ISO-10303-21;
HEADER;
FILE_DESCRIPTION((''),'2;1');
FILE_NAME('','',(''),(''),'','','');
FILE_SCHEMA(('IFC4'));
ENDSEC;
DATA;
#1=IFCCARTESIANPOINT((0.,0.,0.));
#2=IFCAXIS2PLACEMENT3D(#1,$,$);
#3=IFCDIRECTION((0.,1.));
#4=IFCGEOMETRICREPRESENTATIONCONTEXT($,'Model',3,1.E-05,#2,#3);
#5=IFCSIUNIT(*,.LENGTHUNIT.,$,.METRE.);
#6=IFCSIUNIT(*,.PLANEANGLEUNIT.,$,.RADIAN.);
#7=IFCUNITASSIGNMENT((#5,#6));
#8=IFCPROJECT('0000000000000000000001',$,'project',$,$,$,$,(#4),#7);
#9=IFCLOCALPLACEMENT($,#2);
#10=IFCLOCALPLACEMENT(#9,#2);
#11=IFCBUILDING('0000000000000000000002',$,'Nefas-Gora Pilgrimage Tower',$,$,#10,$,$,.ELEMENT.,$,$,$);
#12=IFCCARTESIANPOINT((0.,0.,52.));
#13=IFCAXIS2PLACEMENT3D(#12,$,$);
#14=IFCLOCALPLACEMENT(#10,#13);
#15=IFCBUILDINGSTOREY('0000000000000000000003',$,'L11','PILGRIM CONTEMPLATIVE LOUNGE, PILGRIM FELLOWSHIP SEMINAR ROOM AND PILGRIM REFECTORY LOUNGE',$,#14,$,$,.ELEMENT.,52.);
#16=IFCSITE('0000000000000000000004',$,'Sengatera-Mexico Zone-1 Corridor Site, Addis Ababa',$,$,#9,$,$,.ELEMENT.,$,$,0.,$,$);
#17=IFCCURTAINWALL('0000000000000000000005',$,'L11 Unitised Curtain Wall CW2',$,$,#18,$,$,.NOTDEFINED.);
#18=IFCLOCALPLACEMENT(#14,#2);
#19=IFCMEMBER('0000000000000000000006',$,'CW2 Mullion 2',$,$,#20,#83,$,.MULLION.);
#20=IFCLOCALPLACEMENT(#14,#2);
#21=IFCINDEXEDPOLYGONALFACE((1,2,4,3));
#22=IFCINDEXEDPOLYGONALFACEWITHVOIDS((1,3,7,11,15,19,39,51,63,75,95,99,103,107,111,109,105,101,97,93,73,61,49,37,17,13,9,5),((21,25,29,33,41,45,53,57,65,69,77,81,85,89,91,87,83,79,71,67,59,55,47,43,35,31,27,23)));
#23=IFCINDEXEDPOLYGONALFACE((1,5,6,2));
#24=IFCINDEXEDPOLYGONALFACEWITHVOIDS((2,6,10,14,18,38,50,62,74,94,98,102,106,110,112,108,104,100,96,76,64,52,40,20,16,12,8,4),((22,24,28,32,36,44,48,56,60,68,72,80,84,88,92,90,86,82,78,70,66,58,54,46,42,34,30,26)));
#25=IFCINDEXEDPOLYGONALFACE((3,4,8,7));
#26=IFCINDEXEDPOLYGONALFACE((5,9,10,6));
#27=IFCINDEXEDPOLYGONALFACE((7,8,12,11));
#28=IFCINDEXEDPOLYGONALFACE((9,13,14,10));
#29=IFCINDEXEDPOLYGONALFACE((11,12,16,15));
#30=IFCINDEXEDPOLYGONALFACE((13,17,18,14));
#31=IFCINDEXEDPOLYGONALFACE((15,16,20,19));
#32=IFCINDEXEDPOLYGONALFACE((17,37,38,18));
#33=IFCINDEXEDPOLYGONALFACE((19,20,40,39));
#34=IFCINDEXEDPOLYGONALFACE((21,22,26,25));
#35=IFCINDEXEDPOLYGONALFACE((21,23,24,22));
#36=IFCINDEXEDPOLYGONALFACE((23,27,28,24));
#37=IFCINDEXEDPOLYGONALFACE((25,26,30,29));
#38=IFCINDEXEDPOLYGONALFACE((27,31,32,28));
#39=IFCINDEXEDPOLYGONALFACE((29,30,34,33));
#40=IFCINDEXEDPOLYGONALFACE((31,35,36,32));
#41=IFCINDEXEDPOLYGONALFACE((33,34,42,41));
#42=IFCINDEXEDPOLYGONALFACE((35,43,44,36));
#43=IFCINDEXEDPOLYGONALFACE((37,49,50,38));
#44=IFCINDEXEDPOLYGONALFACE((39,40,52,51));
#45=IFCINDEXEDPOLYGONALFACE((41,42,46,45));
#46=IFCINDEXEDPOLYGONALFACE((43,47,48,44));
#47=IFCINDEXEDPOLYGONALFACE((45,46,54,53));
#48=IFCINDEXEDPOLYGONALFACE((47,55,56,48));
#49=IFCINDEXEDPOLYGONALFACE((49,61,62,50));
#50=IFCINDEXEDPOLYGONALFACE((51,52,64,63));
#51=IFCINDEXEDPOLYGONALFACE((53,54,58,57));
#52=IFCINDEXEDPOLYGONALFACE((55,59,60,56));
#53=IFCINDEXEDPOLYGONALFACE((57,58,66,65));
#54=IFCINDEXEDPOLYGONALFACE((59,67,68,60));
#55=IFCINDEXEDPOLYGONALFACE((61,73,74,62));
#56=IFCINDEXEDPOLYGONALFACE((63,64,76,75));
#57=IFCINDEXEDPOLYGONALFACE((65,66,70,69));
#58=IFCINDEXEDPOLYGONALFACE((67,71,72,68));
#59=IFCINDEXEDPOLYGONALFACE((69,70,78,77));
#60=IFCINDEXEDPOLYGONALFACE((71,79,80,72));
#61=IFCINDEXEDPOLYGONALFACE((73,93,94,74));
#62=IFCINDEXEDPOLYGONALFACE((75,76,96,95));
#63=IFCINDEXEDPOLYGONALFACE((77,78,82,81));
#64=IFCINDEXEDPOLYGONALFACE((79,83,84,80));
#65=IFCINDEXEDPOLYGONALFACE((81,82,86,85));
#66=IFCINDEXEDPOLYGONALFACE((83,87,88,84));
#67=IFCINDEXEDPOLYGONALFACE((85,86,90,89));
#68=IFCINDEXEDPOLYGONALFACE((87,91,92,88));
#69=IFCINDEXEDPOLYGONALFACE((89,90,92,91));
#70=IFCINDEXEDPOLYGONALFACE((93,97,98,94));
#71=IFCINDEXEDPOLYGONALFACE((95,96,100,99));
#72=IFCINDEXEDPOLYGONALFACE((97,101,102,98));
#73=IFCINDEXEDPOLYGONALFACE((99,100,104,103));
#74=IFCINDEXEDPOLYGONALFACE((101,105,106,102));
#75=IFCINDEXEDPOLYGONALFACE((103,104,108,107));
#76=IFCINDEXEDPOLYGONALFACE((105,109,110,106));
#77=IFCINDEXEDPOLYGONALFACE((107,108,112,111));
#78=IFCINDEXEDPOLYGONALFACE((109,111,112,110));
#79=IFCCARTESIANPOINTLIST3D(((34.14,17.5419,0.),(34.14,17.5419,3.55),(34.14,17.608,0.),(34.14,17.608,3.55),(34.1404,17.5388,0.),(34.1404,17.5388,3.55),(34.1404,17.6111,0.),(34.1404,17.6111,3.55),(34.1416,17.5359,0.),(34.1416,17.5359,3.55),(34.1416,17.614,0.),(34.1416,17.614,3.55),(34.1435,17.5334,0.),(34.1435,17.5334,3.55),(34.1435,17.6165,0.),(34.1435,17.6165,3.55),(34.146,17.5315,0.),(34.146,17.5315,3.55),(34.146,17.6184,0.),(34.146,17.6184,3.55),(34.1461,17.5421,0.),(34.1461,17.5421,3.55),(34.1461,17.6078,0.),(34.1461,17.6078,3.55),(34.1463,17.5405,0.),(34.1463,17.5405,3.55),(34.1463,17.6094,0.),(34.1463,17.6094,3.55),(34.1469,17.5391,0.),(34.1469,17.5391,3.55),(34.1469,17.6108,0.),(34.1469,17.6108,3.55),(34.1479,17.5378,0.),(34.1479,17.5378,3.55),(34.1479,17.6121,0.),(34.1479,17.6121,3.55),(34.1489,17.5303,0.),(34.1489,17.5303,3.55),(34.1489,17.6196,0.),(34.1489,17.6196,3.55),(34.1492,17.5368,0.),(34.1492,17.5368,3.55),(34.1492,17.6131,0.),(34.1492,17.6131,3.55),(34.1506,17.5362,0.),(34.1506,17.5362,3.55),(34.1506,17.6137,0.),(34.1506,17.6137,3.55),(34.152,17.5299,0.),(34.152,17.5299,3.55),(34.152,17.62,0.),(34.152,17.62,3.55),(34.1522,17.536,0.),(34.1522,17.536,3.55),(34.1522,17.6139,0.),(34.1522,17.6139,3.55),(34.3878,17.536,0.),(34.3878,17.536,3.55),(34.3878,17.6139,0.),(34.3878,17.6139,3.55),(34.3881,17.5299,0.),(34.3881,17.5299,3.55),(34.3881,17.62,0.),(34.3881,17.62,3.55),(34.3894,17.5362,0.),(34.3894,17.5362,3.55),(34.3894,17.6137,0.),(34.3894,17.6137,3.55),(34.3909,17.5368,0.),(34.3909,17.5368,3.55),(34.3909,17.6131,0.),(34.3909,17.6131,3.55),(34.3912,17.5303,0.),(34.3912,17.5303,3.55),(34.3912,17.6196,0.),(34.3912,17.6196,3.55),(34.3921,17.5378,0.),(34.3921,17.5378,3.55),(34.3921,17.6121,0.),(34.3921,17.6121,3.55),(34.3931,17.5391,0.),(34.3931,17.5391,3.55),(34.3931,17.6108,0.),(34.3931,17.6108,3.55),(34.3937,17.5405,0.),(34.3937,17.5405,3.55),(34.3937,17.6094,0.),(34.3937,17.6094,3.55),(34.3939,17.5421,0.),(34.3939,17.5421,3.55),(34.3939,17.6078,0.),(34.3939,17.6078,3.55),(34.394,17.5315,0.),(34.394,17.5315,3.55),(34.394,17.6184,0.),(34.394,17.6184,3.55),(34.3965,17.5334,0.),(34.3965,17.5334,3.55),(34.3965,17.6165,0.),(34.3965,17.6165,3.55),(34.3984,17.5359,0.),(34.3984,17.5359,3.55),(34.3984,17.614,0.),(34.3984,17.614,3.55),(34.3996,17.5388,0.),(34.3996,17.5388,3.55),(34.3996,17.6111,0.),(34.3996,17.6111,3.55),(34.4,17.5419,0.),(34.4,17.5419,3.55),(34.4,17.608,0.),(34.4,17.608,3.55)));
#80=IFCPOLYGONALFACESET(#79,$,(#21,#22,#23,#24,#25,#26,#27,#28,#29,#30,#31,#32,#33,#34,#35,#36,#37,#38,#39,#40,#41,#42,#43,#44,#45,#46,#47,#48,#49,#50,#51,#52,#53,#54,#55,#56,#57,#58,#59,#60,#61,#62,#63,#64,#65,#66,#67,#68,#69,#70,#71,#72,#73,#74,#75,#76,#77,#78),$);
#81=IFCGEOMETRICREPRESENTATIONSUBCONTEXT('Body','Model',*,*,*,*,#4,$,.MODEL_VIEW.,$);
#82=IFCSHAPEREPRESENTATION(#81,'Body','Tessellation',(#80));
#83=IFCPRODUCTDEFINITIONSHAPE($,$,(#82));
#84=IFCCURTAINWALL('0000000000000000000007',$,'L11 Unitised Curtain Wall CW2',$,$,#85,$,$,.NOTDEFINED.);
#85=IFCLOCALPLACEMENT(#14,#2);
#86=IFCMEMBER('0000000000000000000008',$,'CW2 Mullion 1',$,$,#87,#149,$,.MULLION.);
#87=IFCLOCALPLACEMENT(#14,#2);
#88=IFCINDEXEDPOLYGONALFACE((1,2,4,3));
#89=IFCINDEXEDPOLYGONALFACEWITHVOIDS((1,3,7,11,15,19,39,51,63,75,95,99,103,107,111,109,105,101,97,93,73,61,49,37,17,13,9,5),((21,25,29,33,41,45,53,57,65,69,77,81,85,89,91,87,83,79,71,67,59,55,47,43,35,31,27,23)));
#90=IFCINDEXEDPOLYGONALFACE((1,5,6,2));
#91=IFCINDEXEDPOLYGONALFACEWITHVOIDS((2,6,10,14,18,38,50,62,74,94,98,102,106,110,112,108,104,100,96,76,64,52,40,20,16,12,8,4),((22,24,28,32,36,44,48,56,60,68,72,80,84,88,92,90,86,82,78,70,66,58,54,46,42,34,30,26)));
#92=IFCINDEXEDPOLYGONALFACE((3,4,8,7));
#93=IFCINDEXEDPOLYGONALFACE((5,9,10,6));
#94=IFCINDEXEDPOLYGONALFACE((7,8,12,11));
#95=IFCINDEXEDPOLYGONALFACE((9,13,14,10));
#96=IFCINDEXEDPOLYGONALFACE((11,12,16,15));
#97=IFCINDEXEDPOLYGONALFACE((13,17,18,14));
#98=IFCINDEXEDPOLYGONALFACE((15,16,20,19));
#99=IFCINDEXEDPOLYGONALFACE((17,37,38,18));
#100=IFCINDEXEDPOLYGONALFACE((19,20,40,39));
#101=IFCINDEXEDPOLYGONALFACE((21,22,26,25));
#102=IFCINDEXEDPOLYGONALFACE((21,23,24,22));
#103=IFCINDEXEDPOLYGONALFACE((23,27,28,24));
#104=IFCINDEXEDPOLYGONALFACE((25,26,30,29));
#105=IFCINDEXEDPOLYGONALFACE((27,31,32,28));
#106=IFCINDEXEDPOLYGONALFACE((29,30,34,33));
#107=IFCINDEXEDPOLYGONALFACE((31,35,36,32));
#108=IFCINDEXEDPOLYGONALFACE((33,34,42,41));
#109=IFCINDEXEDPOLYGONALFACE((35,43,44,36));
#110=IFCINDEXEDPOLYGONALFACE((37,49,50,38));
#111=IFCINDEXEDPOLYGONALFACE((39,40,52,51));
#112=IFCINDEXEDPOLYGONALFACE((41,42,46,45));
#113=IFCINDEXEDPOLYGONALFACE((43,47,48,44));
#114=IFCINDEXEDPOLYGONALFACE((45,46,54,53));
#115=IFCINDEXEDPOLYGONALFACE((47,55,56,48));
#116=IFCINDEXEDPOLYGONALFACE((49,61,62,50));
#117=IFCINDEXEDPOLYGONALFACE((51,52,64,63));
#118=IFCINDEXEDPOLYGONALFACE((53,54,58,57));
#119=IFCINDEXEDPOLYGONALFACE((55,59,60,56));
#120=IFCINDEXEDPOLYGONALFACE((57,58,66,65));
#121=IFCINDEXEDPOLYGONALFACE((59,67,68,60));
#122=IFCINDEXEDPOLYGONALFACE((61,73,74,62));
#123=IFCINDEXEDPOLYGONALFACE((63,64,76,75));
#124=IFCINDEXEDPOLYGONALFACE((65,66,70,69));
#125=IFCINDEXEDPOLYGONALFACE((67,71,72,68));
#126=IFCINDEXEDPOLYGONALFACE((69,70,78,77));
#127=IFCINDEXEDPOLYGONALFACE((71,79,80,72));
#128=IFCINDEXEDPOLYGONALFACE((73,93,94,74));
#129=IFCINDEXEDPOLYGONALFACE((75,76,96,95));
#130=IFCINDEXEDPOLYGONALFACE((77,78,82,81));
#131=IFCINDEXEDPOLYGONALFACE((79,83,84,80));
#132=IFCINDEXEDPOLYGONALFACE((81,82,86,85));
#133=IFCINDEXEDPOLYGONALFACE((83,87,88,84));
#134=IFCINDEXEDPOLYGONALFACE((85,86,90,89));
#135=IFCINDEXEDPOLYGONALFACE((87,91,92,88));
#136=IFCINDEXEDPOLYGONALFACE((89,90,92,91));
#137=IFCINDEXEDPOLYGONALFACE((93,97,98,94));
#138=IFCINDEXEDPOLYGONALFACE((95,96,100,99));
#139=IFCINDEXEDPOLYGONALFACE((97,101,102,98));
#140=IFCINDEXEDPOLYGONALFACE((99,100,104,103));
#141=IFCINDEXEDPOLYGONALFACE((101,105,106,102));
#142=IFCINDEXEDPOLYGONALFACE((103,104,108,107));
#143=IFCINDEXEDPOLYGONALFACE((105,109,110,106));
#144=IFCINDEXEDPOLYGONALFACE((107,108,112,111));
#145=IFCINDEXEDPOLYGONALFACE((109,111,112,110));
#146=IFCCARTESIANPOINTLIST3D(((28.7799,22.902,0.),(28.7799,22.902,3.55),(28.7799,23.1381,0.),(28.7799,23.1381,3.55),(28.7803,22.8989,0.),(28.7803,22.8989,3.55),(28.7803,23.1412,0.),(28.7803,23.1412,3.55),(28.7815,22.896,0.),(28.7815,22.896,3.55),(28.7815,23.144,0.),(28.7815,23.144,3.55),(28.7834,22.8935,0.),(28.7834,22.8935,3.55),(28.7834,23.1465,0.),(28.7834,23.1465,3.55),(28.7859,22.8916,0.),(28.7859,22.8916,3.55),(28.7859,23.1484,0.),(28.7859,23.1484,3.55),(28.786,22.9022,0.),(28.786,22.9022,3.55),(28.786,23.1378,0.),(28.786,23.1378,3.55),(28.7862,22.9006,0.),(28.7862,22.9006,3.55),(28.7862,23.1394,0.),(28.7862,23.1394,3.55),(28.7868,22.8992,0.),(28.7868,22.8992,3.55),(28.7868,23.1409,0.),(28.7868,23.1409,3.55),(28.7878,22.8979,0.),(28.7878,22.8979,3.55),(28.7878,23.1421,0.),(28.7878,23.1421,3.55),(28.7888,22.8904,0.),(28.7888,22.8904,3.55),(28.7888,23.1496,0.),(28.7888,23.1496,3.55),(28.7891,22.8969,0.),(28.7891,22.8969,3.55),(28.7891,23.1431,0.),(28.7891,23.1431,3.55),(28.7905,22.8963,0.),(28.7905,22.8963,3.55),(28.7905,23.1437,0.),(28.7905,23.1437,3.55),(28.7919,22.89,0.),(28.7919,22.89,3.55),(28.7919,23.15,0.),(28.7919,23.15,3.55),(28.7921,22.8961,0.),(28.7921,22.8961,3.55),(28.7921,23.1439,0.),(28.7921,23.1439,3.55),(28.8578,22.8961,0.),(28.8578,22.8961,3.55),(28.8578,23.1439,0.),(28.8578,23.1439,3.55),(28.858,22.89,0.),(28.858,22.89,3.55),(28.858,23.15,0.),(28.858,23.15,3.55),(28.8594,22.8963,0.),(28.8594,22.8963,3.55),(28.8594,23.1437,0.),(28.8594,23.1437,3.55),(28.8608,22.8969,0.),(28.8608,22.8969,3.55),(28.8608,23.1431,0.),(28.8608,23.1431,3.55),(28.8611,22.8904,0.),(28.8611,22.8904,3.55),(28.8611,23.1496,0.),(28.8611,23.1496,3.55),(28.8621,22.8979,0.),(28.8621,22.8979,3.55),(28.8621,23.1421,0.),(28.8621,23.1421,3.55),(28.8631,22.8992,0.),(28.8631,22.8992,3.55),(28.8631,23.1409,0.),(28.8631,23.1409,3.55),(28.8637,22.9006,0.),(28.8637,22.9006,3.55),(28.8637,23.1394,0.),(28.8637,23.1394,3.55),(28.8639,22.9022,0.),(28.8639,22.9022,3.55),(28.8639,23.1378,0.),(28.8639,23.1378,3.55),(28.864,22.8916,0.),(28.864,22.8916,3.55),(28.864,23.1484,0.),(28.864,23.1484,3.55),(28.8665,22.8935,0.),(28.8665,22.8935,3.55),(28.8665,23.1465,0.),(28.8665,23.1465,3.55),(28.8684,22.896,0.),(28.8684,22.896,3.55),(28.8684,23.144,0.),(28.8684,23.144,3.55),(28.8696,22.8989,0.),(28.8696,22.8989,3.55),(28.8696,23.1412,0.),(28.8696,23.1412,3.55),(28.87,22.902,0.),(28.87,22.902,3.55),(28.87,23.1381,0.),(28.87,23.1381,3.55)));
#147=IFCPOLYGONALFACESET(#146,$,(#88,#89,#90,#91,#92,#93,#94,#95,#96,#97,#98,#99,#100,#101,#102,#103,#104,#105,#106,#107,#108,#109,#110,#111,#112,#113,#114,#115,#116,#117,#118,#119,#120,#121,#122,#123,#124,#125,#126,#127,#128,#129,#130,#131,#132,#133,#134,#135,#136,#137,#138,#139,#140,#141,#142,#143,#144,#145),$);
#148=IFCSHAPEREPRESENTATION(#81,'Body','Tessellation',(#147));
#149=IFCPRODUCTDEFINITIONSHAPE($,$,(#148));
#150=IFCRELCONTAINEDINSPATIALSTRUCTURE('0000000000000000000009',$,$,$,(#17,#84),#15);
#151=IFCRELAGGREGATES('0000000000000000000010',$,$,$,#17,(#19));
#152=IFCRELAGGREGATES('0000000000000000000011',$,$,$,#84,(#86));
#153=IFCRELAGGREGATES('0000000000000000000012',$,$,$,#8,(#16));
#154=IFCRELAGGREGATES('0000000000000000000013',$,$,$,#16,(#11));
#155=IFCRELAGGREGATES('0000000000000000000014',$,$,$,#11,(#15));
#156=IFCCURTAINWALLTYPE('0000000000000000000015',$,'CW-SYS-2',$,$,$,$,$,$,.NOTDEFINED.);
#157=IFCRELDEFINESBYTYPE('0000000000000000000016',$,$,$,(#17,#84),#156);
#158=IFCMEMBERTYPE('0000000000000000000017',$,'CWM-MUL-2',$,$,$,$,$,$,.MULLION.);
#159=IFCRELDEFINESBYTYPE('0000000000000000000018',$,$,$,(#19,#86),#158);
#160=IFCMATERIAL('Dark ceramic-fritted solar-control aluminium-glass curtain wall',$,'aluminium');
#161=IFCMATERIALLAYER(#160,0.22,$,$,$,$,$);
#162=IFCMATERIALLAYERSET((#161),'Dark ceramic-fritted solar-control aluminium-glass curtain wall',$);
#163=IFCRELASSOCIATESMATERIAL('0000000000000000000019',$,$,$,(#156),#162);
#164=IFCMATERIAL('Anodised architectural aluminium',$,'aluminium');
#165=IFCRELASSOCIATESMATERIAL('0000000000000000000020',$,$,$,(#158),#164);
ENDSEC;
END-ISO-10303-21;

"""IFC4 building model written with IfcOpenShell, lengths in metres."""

from ifc_helpers import new_model, si_unit, direction, frame, origin, origin_2d, place, context, subcontext, project, spatial, hollow_rectangle, extrude, source, transform, mapped, material, layer, layer_set, material_profile, profile_set, type_object, element, aggregate, save


model = new_model("IFC4")

# Units and contexts
model_context = context("Model", 3, precision=1e-05, world=origin(), true_north=direction((0.0, 1.0)))
body_context = subcontext(model_context, "Body", "Model", "MODEL_VIEW")
ifc_project = project(units=[si_unit("LENGTHUNIT", "METRE"), si_unit("PLANEANGLEUNIT", "RADIAN")], contexts=[model_context])

# Site, building, storey
site_placement = place(None, origin())
site = spatial("IfcSite", under=ifc_project, at=site_placement, Name="Sengatera-Mexico Zone-1 Corridor Site, Addis Ababa", CompositionType="ELEMENT", RefElevation=0.0)
building_placement = place(site_placement, origin())
building = spatial("IfcBuilding", under=site, at=building_placement, Name="Nefas-Gora Pilgrimage Tower", CompositionType="ELEMENT")
storey_placement = place(building_placement, frame((0.0, 0.0, 52.0)))
storey = spatial("IfcBuildingStorey", under=building, at=storey_placement, Name="L11", Description="PILGRIM CONTEMPLATIVE LOUNGE, PILGRIM FELLOWSHIP SEMINAR ROOM AND PILGRIM REFECTORY LOUNGE", CompositionType="ELEMENT", Elevation=52.0)

# Curtain wall, member
ifc_material_1 = material(Name="Dark ceramic-fritted solar-control aluminium-glass curtain wall", Category="aluminium")
ifc_layer_1 = layer(ifc_material_1, 0.22)
ifc_layer_set_1 = layer_set([ifc_layer_1], Name="Dark ceramic-fritted solar-control aluminium-glass curtain wall")
curtain_wall_type = type_object("IfcCurtainWallType", Name="CW-SYS-2", PredefinedType="NOTDEFINED", material=ifc_layer_set_1)
curtain_wall_1_placement = place(storey_placement, origin())
curtain_wall_1 = element("IfcCurtainWall", 1, at=curtain_wall_1_placement, inside=storey, type_object=curtain_wall_type, Name="L11 Unitised Curtain Wall CW2", PredefinedType="NOTDEFINED")
ifc_material_2 = material(Name="Anodised architectural aluminium", Category="aluminium")
ifc_material_profile_1 = material_profile(ifc_material_2, hollow_rectangle(XDim=0.0901, YDim=0.26, WallThickness=0.0061, InnerFilletRadius=0.0061, OuterFilletRadius=0.012, at=origin_2d()), Name="ALU MULLION 90x260")
ifc_profile_set_1 = profile_set([ifc_material_profile_1], Name="Anodised architectural aluminium")
member_type_1 = type_object("IfcMemberType", Name="CWM-MUL-2", PredefinedType="MULLION", material=ifc_profile_set_1)
shared_shape_1 = source(origin(), body_context, "Body", "SweptSolid", [
    extrude(hollow_rectangle(XDim=0.0901, YDim=0.26, WallThickness=0.0061, InnerFilletRadius=0.0061, OuterFilletRadius=0.012, at=origin_2d()), origin(), (0.0, 0.0, 1.0), 3.55),
])
member_1_placement = place(storey_placement, frame((34.27, 17.575, 0.0), z_axis=(0.0, 0.0, 1.0), x_axis=(0.0, 1.0, 0.0)))
member_1 = element("IfcMember", 2, at=member_1_placement, type_object=member_type_1, Name="CW2 Mullion 2", PredefinedType="MULLION", context=body_context, shape_type="MappedRepresentation", body=[
    mapped(shared_shape_1, transform((0.0, 0.0, 0.0), x_axis=(1.0, 0.0, 0.0), y_axis=(0.0, 1.0, 0.0), z_axis=(0.0, 0.0, 1.0), scale=1.0)),
])
aggregate(curtain_wall_1, [member_1])

# Curtain wall, member
curtain_wall_2_placement = place(storey_placement, origin())
curtain_wall_2 = element("IfcCurtainWall", 3, at=curtain_wall_2_placement, inside=storey, type_object=curtain_wall_type, Name="L11 Unitised Curtain Wall CW2", PredefinedType="NOTDEFINED")
member_2_placement = place(storey_placement, frame((28.825, 23.02, 0.0), z_axis=(0.0, 0.0, 1.0), x_axis=(-1.0, 0.0, 0.0)))
member_2 = element("IfcMember", 4, at=member_2_placement, type_object=member_type_1, Name="CW2 Mullion 1", PredefinedType="MULLION", context=body_context, shape_type="MappedRepresentation", body=[
    mapped(shared_shape_1, transform((0.0, 0.0, 0.0), x_axis=(1.0, 0.0, 0.0), y_axis=(0.0, 1.0, 0.0), z_axis=(0.0, 0.0, 1.0), scale=1.0)),
])
aggregate(curtain_wall_2, [member_2])

save(model, "model.ifc")
